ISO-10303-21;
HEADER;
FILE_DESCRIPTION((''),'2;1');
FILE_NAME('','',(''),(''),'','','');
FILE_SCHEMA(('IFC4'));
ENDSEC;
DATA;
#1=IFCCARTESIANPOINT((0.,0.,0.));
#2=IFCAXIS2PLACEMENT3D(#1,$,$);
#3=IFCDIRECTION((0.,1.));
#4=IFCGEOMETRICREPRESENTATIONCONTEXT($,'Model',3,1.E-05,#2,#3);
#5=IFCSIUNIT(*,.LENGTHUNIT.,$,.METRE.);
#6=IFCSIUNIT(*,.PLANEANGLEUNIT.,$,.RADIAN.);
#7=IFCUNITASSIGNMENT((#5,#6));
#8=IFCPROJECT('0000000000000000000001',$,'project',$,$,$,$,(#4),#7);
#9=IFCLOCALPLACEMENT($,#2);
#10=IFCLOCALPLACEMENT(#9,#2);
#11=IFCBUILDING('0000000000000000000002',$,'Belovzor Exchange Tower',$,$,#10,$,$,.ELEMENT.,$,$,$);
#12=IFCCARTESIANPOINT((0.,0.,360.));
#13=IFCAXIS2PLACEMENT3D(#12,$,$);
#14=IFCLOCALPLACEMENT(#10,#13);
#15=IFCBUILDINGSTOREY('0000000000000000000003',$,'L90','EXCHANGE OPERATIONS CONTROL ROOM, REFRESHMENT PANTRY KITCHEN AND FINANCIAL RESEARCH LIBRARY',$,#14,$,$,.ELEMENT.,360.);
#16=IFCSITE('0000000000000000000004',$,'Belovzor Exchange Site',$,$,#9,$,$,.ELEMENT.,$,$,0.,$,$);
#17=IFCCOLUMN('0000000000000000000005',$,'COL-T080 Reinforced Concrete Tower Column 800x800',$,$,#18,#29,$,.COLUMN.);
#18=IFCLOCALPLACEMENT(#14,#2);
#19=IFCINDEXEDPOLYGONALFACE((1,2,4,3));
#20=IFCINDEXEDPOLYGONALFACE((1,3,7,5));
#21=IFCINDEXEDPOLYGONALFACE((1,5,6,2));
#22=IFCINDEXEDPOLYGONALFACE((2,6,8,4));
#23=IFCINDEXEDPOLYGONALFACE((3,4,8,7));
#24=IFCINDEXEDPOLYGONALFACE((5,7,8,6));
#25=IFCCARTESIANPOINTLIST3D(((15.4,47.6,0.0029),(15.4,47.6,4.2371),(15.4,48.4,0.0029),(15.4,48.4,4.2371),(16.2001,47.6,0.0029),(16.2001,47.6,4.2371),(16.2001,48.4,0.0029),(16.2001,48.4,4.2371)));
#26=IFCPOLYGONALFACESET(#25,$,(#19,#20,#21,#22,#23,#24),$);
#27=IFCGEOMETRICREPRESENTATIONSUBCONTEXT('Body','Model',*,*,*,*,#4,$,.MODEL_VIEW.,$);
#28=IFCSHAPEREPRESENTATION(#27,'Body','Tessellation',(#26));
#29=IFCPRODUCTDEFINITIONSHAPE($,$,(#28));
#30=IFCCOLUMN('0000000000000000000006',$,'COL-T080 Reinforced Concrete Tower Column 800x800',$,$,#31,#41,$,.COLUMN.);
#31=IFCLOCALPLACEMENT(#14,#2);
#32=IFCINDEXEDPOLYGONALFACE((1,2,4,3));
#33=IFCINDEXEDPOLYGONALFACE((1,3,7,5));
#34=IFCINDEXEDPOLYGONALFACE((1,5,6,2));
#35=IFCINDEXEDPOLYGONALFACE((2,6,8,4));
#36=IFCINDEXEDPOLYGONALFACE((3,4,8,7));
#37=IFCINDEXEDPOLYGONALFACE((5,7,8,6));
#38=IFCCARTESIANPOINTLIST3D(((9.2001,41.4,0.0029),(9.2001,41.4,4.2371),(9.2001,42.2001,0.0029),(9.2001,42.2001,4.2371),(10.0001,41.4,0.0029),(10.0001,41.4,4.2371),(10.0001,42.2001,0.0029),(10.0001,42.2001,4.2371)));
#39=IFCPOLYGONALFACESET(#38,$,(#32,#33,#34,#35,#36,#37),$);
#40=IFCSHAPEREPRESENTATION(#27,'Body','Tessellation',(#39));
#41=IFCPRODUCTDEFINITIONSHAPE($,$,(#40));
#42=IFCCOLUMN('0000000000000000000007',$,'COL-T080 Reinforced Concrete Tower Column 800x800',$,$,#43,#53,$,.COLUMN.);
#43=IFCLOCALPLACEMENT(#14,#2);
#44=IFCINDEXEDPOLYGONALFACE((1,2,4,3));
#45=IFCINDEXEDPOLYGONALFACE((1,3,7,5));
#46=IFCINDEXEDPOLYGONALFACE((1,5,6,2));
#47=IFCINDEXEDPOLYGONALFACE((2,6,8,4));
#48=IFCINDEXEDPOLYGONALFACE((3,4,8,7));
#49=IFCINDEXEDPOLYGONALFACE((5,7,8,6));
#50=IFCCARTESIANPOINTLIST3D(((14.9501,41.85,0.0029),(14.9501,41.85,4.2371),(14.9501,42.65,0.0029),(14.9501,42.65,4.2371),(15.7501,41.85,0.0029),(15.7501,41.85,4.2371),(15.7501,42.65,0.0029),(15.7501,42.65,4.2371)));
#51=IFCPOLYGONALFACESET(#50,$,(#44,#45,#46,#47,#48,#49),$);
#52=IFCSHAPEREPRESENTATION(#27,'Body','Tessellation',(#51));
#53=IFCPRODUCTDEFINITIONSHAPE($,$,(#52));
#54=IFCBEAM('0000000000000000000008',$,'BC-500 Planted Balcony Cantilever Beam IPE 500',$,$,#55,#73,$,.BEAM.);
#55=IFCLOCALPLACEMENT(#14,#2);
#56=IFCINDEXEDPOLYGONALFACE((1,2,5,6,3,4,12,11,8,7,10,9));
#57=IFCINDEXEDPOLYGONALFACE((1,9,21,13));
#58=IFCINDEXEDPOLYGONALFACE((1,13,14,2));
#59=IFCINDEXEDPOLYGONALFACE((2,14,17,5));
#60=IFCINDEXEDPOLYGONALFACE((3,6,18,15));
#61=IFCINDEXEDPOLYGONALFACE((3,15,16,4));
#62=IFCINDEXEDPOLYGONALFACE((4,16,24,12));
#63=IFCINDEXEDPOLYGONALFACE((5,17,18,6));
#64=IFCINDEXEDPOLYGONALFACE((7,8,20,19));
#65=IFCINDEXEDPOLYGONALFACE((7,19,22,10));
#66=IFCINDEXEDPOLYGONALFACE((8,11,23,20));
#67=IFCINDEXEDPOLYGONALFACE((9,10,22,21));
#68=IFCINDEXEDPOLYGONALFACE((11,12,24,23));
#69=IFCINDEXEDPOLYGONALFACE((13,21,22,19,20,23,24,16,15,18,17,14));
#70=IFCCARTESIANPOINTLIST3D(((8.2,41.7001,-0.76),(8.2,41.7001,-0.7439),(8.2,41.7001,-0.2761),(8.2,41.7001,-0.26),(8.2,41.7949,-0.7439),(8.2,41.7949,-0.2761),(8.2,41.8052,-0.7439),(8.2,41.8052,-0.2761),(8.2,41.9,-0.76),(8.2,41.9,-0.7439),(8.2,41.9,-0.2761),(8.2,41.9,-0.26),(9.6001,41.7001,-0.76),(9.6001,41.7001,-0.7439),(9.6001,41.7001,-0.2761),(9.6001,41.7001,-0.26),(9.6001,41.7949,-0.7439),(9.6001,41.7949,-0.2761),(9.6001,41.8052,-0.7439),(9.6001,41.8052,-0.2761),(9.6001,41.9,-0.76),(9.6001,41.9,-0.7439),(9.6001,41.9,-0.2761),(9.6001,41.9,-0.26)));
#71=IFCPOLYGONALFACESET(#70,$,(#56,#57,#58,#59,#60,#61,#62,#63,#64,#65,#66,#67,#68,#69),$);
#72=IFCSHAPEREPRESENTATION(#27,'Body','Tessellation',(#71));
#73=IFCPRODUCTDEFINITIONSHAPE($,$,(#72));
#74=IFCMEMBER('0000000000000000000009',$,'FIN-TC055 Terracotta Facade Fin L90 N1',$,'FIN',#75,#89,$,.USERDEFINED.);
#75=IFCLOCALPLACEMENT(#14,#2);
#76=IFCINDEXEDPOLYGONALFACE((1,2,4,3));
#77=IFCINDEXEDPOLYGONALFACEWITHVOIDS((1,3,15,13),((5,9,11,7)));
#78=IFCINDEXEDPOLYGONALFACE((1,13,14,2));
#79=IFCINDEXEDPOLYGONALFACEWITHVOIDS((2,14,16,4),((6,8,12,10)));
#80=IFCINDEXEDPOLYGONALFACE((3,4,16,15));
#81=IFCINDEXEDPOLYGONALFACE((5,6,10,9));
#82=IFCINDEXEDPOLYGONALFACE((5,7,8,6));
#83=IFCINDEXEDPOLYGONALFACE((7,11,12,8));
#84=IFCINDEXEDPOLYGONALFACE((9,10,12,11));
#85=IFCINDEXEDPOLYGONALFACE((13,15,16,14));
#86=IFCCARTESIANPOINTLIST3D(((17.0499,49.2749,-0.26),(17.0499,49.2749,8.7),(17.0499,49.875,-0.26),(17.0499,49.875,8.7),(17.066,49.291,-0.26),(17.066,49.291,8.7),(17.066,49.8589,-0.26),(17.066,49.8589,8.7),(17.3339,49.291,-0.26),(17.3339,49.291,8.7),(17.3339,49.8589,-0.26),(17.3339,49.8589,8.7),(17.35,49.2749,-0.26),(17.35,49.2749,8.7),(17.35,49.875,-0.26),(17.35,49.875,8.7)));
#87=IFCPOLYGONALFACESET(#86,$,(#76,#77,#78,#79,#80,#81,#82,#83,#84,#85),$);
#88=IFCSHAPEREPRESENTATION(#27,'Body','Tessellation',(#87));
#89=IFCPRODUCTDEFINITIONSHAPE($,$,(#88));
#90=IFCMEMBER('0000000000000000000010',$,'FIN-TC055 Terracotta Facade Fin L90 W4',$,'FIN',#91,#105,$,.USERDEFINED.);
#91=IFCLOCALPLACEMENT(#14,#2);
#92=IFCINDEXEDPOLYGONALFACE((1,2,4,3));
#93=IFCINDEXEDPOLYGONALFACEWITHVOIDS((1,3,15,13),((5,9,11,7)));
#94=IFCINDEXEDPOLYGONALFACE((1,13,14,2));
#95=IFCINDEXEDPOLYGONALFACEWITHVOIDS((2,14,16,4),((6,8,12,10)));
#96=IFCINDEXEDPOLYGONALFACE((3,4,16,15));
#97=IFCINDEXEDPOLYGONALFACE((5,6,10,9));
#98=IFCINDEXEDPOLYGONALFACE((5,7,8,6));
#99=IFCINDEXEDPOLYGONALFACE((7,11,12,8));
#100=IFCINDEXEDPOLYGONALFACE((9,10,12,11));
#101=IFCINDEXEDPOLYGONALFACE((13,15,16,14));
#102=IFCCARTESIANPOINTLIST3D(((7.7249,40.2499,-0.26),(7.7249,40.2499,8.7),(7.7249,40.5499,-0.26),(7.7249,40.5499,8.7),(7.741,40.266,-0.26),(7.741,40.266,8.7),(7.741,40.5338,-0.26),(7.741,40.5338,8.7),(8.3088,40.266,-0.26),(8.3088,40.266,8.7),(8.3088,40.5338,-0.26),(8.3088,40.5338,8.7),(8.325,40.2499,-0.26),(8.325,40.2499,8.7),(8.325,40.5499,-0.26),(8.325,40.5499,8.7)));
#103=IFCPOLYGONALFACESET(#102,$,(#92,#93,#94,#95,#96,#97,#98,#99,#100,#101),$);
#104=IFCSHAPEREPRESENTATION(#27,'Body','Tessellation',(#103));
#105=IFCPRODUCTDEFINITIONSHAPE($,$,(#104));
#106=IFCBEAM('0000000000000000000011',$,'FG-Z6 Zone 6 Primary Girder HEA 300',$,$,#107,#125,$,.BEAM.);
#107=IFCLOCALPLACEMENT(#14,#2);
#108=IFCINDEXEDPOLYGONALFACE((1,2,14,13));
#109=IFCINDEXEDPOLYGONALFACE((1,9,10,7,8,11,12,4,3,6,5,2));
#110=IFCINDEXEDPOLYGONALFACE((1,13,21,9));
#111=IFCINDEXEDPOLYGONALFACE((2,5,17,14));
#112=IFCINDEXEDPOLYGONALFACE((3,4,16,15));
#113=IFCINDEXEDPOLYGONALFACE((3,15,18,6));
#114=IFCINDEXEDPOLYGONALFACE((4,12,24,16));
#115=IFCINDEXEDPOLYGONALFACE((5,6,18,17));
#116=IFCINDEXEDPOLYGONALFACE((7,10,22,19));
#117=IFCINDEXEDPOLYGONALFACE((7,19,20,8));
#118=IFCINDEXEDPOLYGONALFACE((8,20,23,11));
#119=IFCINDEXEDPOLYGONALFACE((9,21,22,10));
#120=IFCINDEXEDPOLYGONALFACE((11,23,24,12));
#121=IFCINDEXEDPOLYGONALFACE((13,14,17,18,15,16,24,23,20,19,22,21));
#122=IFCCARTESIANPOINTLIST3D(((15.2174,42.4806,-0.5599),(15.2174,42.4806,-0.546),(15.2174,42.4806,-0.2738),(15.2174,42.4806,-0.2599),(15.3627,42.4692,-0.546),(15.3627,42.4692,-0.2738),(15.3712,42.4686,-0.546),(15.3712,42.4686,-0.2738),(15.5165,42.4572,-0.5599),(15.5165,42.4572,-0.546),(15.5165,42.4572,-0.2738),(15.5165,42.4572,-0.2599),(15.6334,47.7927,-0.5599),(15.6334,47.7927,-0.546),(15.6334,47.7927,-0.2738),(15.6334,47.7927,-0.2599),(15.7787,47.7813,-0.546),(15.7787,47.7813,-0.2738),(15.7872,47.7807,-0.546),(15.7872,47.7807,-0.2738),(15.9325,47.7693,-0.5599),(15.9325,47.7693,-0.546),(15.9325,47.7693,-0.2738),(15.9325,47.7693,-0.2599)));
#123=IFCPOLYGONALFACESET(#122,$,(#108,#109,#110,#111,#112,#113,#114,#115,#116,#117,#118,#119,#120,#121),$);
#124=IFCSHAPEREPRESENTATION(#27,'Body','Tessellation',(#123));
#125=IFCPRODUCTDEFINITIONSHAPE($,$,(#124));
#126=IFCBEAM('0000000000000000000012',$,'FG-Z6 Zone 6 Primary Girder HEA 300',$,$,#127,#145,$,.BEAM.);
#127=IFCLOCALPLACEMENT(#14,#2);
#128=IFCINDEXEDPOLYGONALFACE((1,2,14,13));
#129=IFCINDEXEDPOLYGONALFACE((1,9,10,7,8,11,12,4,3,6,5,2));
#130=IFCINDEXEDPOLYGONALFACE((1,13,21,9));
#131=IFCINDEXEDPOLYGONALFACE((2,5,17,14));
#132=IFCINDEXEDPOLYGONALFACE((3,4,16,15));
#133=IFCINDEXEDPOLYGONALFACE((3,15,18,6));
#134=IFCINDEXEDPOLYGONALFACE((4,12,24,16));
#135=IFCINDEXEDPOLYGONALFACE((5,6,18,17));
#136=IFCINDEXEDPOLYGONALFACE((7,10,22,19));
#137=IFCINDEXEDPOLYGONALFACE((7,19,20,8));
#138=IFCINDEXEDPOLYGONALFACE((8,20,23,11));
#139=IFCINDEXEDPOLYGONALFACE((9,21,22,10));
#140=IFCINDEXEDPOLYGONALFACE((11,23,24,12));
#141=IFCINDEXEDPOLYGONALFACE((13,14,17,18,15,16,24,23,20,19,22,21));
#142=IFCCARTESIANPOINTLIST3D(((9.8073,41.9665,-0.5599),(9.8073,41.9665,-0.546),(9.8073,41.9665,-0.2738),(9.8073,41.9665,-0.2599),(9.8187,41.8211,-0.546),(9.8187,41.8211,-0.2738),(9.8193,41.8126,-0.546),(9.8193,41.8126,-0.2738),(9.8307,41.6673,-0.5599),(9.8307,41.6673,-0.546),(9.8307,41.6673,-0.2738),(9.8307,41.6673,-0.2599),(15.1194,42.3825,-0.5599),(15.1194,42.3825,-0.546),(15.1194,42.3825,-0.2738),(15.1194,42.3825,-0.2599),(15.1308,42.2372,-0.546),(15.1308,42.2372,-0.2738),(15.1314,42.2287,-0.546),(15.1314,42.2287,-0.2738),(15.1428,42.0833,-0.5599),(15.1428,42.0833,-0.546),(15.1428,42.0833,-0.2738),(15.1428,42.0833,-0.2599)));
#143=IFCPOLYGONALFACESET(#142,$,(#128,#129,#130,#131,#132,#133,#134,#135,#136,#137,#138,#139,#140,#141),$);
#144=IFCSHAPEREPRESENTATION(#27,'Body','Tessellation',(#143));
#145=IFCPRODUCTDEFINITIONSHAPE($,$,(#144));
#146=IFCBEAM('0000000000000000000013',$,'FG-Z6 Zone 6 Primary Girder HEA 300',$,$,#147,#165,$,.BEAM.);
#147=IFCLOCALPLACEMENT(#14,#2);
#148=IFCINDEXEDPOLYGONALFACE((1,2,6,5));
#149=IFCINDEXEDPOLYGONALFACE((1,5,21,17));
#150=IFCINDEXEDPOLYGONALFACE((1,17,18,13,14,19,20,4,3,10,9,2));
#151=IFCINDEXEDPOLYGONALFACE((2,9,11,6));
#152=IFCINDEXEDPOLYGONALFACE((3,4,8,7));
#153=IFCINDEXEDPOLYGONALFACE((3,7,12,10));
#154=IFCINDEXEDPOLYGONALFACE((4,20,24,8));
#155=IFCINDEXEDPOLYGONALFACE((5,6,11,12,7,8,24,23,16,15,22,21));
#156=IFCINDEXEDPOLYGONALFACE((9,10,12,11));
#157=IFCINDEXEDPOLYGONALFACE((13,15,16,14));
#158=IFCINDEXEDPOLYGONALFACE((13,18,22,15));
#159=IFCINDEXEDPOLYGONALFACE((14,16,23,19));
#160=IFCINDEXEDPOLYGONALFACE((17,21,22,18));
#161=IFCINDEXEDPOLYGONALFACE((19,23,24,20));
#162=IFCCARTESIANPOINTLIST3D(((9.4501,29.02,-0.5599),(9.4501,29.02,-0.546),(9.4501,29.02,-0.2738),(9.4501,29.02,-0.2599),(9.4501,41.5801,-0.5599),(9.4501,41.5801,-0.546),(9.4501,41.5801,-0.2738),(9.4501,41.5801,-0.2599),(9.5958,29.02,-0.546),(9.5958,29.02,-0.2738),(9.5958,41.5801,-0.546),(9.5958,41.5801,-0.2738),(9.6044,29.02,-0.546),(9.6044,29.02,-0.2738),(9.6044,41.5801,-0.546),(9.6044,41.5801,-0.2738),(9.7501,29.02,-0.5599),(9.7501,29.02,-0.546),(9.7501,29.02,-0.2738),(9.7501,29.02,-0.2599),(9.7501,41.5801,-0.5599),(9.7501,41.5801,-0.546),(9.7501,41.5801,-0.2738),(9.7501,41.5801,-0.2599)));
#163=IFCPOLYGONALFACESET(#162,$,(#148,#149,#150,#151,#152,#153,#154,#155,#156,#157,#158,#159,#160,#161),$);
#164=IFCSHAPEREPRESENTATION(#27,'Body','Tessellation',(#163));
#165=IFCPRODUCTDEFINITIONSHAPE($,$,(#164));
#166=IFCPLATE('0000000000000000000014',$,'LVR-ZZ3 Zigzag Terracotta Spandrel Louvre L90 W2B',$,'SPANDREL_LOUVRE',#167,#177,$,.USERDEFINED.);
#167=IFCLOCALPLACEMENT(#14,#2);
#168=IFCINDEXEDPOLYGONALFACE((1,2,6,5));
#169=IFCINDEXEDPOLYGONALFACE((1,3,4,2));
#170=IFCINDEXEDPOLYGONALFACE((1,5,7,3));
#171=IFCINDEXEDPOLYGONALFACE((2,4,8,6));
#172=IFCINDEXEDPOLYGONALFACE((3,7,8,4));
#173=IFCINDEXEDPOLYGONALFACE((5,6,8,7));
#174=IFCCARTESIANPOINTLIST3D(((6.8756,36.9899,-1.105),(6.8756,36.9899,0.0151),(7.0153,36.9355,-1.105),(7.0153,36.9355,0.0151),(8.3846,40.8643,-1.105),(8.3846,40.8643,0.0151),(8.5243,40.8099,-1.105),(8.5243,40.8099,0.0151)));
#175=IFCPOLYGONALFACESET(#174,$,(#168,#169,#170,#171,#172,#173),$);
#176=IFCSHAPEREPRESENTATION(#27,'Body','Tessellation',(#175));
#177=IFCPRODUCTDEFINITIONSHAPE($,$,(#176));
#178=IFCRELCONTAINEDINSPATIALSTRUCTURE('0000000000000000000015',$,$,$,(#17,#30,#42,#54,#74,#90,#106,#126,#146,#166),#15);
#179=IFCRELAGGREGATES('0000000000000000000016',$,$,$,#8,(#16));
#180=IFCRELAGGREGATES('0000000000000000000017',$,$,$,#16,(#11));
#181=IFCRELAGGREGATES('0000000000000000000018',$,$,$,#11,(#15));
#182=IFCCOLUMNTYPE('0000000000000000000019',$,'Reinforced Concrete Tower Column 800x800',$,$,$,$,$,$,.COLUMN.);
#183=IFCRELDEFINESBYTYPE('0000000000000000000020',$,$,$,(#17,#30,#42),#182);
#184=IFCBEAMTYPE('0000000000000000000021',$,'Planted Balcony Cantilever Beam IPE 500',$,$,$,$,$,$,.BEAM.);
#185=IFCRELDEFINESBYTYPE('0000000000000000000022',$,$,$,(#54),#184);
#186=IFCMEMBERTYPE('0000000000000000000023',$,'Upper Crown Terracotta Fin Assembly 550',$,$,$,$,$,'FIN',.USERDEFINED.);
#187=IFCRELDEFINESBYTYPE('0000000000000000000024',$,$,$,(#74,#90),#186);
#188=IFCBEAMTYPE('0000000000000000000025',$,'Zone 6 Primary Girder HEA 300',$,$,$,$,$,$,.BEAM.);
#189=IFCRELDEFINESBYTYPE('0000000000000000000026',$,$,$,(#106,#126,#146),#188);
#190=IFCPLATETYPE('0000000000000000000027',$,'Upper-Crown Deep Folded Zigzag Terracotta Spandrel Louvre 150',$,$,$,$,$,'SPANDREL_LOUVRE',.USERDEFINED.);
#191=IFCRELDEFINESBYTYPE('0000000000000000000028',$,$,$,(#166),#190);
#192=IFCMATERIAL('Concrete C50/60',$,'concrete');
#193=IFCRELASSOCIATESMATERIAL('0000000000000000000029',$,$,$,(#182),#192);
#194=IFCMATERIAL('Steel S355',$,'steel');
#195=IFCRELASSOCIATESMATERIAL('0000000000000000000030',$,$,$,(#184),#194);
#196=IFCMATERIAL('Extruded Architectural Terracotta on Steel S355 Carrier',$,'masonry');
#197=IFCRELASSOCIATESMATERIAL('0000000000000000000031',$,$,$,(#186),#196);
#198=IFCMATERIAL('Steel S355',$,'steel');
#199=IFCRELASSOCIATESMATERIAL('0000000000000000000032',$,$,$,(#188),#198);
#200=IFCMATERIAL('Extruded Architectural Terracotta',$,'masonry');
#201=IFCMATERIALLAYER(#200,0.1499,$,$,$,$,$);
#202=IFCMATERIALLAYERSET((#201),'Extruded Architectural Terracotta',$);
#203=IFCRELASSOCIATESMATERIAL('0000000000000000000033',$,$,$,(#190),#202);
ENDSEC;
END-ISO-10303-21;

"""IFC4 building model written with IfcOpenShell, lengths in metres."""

from ifc_helpers import new_model, si_unit, direction, frame, origin, origin_2d, place, context, subcontext, project, spatial, rectangle, hollow_rectangle, i_section, extrude, material, layer, layer_set, material_profile, profile_set, type_object, element, save


model = new_model("IFC4")

# Units and contexts
model_context = context("Model", 3, precision=1e-05, world=origin(), true_north=direction((0.0, 1.0)))
body_context = subcontext(model_context, "Body", "Model", "MODEL_VIEW")
ifc_project = project(units=[si_unit("LENGTHUNIT", "METRE"), si_unit("PLANEANGLEUNIT", "RADIAN")], contexts=[model_context])

# Site, building, storey
site_placement = place(None, origin())
site = spatial("IfcSite", under=ifc_project, at=site_placement, Name="Belovzor Exchange Site", CompositionType="ELEMENT", RefElevation=0.0)
building_placement = place(site_placement, origin())
building = spatial("IfcBuilding", under=site, at=building_placement, Name="Belovzor Exchange Tower", CompositionType="ELEMENT")
storey_placement = place(building_placement, frame((0.0, 0.0, 360.0)))
storey = spatial("IfcBuildingStorey", under=building, at=storey_placement, Name="L90", Description="EXCHANGE OPERATIONS CONTROL ROOM, REFRESHMENT PANTRY KITCHEN AND FINANCIAL RESEARCH LIBRARY", CompositionType="ELEMENT", Elevation=360.0)

# Columns
ifc_material_1 = material(Name="Concrete C50/60", Category="concrete")
ifc_material_profile_1 = material_profile(ifc_material_1, rectangle(XDim=0.8, YDim=0.8, at=origin_2d()))
ifc_profile_set_1 = profile_set([ifc_material_profile_1], Name="Concrete C50/60")
column_type = type_object("IfcColumnType", Name="Reinforced Concrete Tower Column 800x800", PredefinedType="COLUMN", material=ifc_profile_set_1)
for number, where, z_axis, x_axis, name in (
    (1, (15.8, 48.0, 0.0029), (0.0, 0.0, 1.0), (1.0, 0.0, 0.0), "COL-T080 Reinforced Concrete Tower Column 800x800"),
    (2, (9.6001, 41.8, 0.0029), (0.0, 0.0, 1.0), (1.0, 0.0, 0.0), "COL-T080 Reinforced Concrete Tower Column 800x800"),
    (3, (15.3501, 42.25, 0.0029), (0.0, 0.0, 1.0), (1.0, 0.0, 0.0), "COL-T080 Reinforced Concrete Tower Column 800x800"),
):
    element("IfcColumn", number, at=place(storey_placement, frame(where, z_axis=z_axis, x_axis=x_axis)), inside=storey, type_object=column_type, Name=name, PredefinedType="COLUMN", context=body_context, shape_type="SweptSolid", body=[
        extrude(rectangle(XDim=0.8, YDim=0.8, at=origin_2d()), origin(), (0.0, 0.0, 1.0), 4.2341),
    ])

# Beam
ifc_material_2 = material(Name="Steel S355", Category="steel")
ifc_material_profile_2 = material_profile(ifc_material_2, i_section(OverallWidth=0.2, OverallDepth=0.5, WebThickness=0.0103, FlangeThickness=0.0161, at=origin_2d()))
ifc_profile_set_2 = profile_set([ifc_material_profile_2], Name="Steel S355")
beam_type_1 = type_object("IfcBeamType", Name="Planted Balcony Cantilever Beam IPE 500", PredefinedType="BEAM", material=ifc_profile_set_2)
beam_1_placement = place(storey_placement, frame((9.6001, 41.8, -0.51), z_axis=(-1.0, 0.0, 0.0), x_axis=(0.0, -1.0, 0.0)))
element("IfcBeam", 4, at=beam_1_placement, inside=storey, type_object=beam_type_1, Name="BC-500 Planted Balcony Cantilever Beam IPE 500", PredefinedType="BEAM", context=body_context, shape_type="SweptSolid", body=[
    extrude(i_section(OverallWidth=0.2, OverallDepth=0.5, WebThickness=0.0103, FlangeThickness=0.0161, at=origin_2d()), origin(), (0.0, 0.0, 1.0), 1.4001),
])

# Members
ifc_material_3 = material(Name="Extruded Architectural Terracotta on Steel S355 Carrier", Category="masonry")
ifc_material_profile_3 = material_profile(ifc_material_3, hollow_rectangle(XDim=0.3, YDim=0.6001, WallThickness=0.0161, at=origin_2d()))
ifc_profile_set_3 = profile_set([ifc_material_profile_3], Name="Extruded Architectural Terracotta on Steel S355 Carrier")
member_type = type_object("IfcMemberType", Name="Upper Crown Terracotta Fin Assembly 550", ElementType="FIN", PredefinedType="USERDEFINED", material=ifc_profile_set_3)
for number, where, z_axis, x_axis, name in (
    (5, (17.2, 49.575, -0.26), (0.0, 0.0, 1.0), (1.0, 0.0, 0.0), "FIN-TC055 Terracotta Facade Fin L90 N1"),
    (6, (8.0249, 40.3999, -0.26), (0.0, 0.0, 1.0), (0.0, 1.0, 0.0), "FIN-TC055 Terracotta Facade Fin L90 W4"),
):
    element("IfcMember", number, at=place(storey_placement, frame(where, z_axis=z_axis, x_axis=x_axis)), inside=storey, type_object=member_type, Name=name, ObjectType="FIN", PredefinedType="USERDEFINED", context=body_context, shape_type="SweptSolid", body=[
        extrude(hollow_rectangle(XDim=0.3, YDim=0.6001, WallThickness=0.0161, at=origin_2d()), origin(), (0.0, 0.0, 1.0), 8.96),
    ])

# Beams
ifc_material_4 = material(Name="Steel S355", Category="steel")
ifc_material_profile_4 = material_profile(ifc_material_4, i_section(OverallWidth=0.3, OverallDepth=0.3, WebThickness=0.0085, FlangeThickness=0.0139, at=origin_2d()))
ifc_profile_set_4 = profile_set([ifc_material_profile_4], Name="Steel S355")
beam_type_2 = type_object("IfcBeamType", Name="Zone 6 Primary Girder HEA 300", PredefinedType="BEAM", material=ifc_profile_set_4)
for number, where, z_axis, x_axis, name in (
    (7, (15.783, 47.781, -0.4099), (-0.078077, -0.996947, 0.0), (0.996947, -0.078077, 0.0), "FG-Z6 Zone 6 Primary Girder HEA 300"),
    (8, (15.1311, 42.2329, -0.4099), (-0.996947, -0.078077, 0.0), (0.078077, -0.996947, 0.0), "FG-Z6 Zone 6 Primary Girder HEA 300"),
):
    element("IfcBeam", number, at=place(storey_placement, frame(where, z_axis=z_axis, x_axis=x_axis)), inside=storey, type_object=beam_type_2, Name=name, PredefinedType="BEAM", context=body_context, shape_type="SweptSolid", body=[
        extrude(i_section(OverallWidth=0.3, OverallDepth=0.3, WebThickness=0.0085, FlangeThickness=0.0139, at=origin_2d()), origin(), (0.0, 0.0, 1.0), 5.3284),
    ])
beam_2_placement = place(storey_placement, frame((9.6001, 41.5801, -0.4099), z_axis=(0.0, -1.0, 0.0), x_axis=(1.0, 0.0, 0.0)))
element("IfcBeam", 9, at=beam_2_placement, inside=storey, type_object=beam_type_2, Name="FG-Z6 Zone 6 Primary Girder HEA 300", PredefinedType="BEAM", context=body_context, shape_type="SweptSolid", body=[
    extrude(i_section(OverallWidth=0.3, OverallDepth=0.3, WebThickness=0.0085, FlangeThickness=0.0139, at=origin_2d()), origin(), (0.0, 0.0, 1.0), 12.5601),
])

# Plate
ifc_material_5 = material(Name="Extruded Architectural Terracotta", Category="masonry")
ifc_layer_1 = layer(ifc_material_5, 0.1499)
ifc_layer_set_1 = layer_set([ifc_layer_1], Name="Extruded Architectural Terracotta")
plate_type = type_object("IfcPlateType", Name="Upper-Crown Deep Folded Zigzag Terracotta Spandrel Louvre 150", ElementType="SPANDREL_LOUVRE", PredefinedType="USERDEFINED", material=ifc_layer_set_1)
plate_placement = place(storey_placement, frame((7.7, 38.8999, -1.105), z_axis=(0.0, 0.0, 1.0), x_axis=(0.362926, 0.931818, 0.0)))
element("IfcPlate", 10, at=plate_placement, inside=storey, type_object=plate_type, Name="LVR-ZZ3 Zigzag Terracotta Spandrel Louvre L90 W2B", ObjectType="SPANDREL_LOUVRE", PredefinedType="USERDEFINED", context=body_context, shape_type="SweptSolid", body=[
    extrude(rectangle(XDim=4.158, YDim=0.1499, at=origin_2d()), origin(), (0.0, 0.0, 1.0), 1.1201),
])

save(model, "model.ifc")
